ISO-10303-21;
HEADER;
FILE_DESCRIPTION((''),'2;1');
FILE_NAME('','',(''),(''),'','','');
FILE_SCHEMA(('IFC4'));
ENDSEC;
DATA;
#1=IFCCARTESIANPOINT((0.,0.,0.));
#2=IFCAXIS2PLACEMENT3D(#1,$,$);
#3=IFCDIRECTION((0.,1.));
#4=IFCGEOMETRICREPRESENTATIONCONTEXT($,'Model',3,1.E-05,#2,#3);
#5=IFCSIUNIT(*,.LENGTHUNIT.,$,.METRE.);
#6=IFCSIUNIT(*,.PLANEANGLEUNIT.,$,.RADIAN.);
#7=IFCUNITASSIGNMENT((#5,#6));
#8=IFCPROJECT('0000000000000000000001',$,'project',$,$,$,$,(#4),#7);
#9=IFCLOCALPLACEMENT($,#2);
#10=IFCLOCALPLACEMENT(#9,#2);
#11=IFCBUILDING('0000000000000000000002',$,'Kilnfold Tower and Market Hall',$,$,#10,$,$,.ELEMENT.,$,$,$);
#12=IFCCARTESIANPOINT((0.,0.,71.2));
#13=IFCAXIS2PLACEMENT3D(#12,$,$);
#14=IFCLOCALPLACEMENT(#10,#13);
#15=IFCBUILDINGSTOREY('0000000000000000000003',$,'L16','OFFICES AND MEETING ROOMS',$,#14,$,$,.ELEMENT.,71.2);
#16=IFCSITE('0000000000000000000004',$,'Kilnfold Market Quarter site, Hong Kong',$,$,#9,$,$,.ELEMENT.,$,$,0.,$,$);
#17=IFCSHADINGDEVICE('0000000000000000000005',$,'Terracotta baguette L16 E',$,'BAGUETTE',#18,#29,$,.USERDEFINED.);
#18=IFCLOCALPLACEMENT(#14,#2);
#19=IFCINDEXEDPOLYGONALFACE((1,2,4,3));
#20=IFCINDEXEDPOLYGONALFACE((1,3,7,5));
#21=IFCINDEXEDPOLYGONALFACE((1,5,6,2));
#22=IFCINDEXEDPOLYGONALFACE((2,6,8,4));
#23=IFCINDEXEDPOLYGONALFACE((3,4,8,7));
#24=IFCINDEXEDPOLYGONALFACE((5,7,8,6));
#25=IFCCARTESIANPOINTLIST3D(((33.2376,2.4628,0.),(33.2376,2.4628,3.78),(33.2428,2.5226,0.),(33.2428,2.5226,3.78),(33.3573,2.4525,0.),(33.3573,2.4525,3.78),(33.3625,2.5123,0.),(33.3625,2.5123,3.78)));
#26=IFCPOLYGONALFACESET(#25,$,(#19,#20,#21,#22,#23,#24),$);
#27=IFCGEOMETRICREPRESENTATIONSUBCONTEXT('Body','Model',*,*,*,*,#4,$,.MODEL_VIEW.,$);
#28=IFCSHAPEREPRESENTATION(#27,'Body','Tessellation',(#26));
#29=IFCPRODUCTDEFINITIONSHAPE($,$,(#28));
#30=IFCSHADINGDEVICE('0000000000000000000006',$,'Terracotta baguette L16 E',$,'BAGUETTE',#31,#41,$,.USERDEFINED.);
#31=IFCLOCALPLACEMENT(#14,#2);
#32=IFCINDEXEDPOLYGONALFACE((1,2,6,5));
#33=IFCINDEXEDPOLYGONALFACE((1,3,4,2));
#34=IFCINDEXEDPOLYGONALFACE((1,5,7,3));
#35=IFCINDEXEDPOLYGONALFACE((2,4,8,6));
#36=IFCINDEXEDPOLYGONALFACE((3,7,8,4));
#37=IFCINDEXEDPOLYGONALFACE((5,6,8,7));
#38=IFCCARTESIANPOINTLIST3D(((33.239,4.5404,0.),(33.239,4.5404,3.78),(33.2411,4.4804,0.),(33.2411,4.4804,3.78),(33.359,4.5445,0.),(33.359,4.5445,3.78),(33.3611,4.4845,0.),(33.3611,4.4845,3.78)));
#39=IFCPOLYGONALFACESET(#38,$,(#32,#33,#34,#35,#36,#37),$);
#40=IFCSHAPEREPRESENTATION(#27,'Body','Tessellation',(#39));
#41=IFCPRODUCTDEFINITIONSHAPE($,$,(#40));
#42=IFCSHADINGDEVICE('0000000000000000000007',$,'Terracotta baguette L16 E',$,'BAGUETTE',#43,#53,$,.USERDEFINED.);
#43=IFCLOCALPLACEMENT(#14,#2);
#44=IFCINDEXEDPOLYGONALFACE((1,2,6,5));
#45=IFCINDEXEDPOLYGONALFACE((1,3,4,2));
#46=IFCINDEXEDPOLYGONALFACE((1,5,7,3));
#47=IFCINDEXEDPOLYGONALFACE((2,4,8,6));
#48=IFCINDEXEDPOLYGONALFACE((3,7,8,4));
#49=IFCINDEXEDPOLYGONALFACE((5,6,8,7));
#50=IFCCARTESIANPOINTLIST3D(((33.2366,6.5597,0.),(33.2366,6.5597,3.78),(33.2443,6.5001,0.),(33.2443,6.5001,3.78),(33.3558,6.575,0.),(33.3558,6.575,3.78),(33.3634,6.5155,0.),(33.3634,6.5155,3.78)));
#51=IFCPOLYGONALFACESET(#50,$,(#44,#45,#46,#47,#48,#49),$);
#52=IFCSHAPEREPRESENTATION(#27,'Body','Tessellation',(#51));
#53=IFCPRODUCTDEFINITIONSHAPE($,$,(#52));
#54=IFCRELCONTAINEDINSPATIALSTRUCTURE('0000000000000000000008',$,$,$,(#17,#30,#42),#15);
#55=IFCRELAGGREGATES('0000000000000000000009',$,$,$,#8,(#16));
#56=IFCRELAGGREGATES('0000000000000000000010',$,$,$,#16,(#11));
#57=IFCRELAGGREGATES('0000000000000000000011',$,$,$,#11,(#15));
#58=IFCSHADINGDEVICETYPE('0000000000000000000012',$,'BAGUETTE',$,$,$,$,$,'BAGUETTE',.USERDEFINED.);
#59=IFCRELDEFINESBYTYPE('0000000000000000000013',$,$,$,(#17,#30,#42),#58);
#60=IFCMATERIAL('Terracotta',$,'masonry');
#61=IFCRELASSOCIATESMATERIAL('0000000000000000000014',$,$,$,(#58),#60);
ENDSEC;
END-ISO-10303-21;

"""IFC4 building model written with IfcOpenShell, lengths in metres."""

from ifc_helpers import new_model, si_unit, direction, frame, origin, origin_2d, place, context, subcontext, project, spatial, rectangle, extrude, source, transform, mapped, material, material_profile, profile_set, type_object, element, save


model = new_model("IFC4")

# Units and contexts
model_context = context("Model", 3, precision=1e-05, world=origin(), true_north=direction((0.0, 1.0)))
body_context = subcontext(model_context, "Body", "Model", "MODEL_VIEW")
ifc_project = project(units=[si_unit("LENGTHUNIT", "METRE"), si_unit("PLANEANGLEUNIT", "RADIAN")], contexts=[model_context])

# Site, building, storey
site_placement = place(None, origin())
site = spatial("IfcSite", under=ifc_project, at=site_placement, Name="Kilnfold Market Quarter site, Hong Kong", CompositionType="ELEMENT", RefElevation=0.0)
building_placement = place(site_placement, origin())
building = spatial("IfcBuilding", under=site, at=building_placement, Name="Kilnfold Tower and Market Hall", CompositionType="ELEMENT")
storey_placement = place(building_placement, frame((0.0, 0.0, 71.2)))
storey = spatial("IfcBuildingStorey", under=building, at=storey_placement, Name="L16", Description="OFFICES AND MEETING ROOMS", CompositionType="ELEMENT", Elevation=71.2)

# Shading devices
ifc_material_1 = material(Name="Terracotta", Category="masonry")
ifc_material_profile_1 = material_profile(ifc_material_1, rectangle(XDim=0.0601, YDim=0.1201, at=origin_2d()), Name="BAG 60x120")
ifc_profile_set_1 = profile_set([ifc_material_profile_1], Name="Terracotta")
shading_device_type = type_object("IfcShadingDeviceType", Name="BAGUETTE", ElementType="BAGUETTE", PredefinedType="USERDEFINED", material=ifc_profile_set_1)
shared_shape_1 = source(origin(), body_context, "Body", "SweptSolid", [
    extrude(rectangle(XDim=0.0601, YDim=0.1201, at=origin_2d()), origin(), (0.0, 0.0, 1.0), 3.78),
])
for number, where, z_axis, x_axis, name in (
    (1, (33.3, 2.4875, 0.0), (0.0, 0.0, 1.0), (0.085313, 0.996354, 0.0), "Terracotta baguette L16 E"),
    (2, (33.3, 4.5125, 0.0), (0.0, 0.0, 1.0), (-0.03461, 0.999401, 0.0), "Terracotta baguette L16 E"),
    (3, (33.3, 6.5376, 0.0), (0.0, 0.0, 1.0), (-0.127625, 0.991822, 0.0), "Terracotta baguette L16 E"),
):
    element("IfcShadingDevice", number, at=place(storey_placement, frame(where, z_axis=z_axis, x_axis=x_axis)), inside=storey, type_object=shading_device_type, Name=name, ObjectType="BAGUETTE", PredefinedType="USERDEFINED", context=body_context, shape_type="MappedRepresentation", body=[
        mapped(shared_shape_1, transform((0.0, 0.0, 0.0))),
    ])

save(model, "model.ifc")
